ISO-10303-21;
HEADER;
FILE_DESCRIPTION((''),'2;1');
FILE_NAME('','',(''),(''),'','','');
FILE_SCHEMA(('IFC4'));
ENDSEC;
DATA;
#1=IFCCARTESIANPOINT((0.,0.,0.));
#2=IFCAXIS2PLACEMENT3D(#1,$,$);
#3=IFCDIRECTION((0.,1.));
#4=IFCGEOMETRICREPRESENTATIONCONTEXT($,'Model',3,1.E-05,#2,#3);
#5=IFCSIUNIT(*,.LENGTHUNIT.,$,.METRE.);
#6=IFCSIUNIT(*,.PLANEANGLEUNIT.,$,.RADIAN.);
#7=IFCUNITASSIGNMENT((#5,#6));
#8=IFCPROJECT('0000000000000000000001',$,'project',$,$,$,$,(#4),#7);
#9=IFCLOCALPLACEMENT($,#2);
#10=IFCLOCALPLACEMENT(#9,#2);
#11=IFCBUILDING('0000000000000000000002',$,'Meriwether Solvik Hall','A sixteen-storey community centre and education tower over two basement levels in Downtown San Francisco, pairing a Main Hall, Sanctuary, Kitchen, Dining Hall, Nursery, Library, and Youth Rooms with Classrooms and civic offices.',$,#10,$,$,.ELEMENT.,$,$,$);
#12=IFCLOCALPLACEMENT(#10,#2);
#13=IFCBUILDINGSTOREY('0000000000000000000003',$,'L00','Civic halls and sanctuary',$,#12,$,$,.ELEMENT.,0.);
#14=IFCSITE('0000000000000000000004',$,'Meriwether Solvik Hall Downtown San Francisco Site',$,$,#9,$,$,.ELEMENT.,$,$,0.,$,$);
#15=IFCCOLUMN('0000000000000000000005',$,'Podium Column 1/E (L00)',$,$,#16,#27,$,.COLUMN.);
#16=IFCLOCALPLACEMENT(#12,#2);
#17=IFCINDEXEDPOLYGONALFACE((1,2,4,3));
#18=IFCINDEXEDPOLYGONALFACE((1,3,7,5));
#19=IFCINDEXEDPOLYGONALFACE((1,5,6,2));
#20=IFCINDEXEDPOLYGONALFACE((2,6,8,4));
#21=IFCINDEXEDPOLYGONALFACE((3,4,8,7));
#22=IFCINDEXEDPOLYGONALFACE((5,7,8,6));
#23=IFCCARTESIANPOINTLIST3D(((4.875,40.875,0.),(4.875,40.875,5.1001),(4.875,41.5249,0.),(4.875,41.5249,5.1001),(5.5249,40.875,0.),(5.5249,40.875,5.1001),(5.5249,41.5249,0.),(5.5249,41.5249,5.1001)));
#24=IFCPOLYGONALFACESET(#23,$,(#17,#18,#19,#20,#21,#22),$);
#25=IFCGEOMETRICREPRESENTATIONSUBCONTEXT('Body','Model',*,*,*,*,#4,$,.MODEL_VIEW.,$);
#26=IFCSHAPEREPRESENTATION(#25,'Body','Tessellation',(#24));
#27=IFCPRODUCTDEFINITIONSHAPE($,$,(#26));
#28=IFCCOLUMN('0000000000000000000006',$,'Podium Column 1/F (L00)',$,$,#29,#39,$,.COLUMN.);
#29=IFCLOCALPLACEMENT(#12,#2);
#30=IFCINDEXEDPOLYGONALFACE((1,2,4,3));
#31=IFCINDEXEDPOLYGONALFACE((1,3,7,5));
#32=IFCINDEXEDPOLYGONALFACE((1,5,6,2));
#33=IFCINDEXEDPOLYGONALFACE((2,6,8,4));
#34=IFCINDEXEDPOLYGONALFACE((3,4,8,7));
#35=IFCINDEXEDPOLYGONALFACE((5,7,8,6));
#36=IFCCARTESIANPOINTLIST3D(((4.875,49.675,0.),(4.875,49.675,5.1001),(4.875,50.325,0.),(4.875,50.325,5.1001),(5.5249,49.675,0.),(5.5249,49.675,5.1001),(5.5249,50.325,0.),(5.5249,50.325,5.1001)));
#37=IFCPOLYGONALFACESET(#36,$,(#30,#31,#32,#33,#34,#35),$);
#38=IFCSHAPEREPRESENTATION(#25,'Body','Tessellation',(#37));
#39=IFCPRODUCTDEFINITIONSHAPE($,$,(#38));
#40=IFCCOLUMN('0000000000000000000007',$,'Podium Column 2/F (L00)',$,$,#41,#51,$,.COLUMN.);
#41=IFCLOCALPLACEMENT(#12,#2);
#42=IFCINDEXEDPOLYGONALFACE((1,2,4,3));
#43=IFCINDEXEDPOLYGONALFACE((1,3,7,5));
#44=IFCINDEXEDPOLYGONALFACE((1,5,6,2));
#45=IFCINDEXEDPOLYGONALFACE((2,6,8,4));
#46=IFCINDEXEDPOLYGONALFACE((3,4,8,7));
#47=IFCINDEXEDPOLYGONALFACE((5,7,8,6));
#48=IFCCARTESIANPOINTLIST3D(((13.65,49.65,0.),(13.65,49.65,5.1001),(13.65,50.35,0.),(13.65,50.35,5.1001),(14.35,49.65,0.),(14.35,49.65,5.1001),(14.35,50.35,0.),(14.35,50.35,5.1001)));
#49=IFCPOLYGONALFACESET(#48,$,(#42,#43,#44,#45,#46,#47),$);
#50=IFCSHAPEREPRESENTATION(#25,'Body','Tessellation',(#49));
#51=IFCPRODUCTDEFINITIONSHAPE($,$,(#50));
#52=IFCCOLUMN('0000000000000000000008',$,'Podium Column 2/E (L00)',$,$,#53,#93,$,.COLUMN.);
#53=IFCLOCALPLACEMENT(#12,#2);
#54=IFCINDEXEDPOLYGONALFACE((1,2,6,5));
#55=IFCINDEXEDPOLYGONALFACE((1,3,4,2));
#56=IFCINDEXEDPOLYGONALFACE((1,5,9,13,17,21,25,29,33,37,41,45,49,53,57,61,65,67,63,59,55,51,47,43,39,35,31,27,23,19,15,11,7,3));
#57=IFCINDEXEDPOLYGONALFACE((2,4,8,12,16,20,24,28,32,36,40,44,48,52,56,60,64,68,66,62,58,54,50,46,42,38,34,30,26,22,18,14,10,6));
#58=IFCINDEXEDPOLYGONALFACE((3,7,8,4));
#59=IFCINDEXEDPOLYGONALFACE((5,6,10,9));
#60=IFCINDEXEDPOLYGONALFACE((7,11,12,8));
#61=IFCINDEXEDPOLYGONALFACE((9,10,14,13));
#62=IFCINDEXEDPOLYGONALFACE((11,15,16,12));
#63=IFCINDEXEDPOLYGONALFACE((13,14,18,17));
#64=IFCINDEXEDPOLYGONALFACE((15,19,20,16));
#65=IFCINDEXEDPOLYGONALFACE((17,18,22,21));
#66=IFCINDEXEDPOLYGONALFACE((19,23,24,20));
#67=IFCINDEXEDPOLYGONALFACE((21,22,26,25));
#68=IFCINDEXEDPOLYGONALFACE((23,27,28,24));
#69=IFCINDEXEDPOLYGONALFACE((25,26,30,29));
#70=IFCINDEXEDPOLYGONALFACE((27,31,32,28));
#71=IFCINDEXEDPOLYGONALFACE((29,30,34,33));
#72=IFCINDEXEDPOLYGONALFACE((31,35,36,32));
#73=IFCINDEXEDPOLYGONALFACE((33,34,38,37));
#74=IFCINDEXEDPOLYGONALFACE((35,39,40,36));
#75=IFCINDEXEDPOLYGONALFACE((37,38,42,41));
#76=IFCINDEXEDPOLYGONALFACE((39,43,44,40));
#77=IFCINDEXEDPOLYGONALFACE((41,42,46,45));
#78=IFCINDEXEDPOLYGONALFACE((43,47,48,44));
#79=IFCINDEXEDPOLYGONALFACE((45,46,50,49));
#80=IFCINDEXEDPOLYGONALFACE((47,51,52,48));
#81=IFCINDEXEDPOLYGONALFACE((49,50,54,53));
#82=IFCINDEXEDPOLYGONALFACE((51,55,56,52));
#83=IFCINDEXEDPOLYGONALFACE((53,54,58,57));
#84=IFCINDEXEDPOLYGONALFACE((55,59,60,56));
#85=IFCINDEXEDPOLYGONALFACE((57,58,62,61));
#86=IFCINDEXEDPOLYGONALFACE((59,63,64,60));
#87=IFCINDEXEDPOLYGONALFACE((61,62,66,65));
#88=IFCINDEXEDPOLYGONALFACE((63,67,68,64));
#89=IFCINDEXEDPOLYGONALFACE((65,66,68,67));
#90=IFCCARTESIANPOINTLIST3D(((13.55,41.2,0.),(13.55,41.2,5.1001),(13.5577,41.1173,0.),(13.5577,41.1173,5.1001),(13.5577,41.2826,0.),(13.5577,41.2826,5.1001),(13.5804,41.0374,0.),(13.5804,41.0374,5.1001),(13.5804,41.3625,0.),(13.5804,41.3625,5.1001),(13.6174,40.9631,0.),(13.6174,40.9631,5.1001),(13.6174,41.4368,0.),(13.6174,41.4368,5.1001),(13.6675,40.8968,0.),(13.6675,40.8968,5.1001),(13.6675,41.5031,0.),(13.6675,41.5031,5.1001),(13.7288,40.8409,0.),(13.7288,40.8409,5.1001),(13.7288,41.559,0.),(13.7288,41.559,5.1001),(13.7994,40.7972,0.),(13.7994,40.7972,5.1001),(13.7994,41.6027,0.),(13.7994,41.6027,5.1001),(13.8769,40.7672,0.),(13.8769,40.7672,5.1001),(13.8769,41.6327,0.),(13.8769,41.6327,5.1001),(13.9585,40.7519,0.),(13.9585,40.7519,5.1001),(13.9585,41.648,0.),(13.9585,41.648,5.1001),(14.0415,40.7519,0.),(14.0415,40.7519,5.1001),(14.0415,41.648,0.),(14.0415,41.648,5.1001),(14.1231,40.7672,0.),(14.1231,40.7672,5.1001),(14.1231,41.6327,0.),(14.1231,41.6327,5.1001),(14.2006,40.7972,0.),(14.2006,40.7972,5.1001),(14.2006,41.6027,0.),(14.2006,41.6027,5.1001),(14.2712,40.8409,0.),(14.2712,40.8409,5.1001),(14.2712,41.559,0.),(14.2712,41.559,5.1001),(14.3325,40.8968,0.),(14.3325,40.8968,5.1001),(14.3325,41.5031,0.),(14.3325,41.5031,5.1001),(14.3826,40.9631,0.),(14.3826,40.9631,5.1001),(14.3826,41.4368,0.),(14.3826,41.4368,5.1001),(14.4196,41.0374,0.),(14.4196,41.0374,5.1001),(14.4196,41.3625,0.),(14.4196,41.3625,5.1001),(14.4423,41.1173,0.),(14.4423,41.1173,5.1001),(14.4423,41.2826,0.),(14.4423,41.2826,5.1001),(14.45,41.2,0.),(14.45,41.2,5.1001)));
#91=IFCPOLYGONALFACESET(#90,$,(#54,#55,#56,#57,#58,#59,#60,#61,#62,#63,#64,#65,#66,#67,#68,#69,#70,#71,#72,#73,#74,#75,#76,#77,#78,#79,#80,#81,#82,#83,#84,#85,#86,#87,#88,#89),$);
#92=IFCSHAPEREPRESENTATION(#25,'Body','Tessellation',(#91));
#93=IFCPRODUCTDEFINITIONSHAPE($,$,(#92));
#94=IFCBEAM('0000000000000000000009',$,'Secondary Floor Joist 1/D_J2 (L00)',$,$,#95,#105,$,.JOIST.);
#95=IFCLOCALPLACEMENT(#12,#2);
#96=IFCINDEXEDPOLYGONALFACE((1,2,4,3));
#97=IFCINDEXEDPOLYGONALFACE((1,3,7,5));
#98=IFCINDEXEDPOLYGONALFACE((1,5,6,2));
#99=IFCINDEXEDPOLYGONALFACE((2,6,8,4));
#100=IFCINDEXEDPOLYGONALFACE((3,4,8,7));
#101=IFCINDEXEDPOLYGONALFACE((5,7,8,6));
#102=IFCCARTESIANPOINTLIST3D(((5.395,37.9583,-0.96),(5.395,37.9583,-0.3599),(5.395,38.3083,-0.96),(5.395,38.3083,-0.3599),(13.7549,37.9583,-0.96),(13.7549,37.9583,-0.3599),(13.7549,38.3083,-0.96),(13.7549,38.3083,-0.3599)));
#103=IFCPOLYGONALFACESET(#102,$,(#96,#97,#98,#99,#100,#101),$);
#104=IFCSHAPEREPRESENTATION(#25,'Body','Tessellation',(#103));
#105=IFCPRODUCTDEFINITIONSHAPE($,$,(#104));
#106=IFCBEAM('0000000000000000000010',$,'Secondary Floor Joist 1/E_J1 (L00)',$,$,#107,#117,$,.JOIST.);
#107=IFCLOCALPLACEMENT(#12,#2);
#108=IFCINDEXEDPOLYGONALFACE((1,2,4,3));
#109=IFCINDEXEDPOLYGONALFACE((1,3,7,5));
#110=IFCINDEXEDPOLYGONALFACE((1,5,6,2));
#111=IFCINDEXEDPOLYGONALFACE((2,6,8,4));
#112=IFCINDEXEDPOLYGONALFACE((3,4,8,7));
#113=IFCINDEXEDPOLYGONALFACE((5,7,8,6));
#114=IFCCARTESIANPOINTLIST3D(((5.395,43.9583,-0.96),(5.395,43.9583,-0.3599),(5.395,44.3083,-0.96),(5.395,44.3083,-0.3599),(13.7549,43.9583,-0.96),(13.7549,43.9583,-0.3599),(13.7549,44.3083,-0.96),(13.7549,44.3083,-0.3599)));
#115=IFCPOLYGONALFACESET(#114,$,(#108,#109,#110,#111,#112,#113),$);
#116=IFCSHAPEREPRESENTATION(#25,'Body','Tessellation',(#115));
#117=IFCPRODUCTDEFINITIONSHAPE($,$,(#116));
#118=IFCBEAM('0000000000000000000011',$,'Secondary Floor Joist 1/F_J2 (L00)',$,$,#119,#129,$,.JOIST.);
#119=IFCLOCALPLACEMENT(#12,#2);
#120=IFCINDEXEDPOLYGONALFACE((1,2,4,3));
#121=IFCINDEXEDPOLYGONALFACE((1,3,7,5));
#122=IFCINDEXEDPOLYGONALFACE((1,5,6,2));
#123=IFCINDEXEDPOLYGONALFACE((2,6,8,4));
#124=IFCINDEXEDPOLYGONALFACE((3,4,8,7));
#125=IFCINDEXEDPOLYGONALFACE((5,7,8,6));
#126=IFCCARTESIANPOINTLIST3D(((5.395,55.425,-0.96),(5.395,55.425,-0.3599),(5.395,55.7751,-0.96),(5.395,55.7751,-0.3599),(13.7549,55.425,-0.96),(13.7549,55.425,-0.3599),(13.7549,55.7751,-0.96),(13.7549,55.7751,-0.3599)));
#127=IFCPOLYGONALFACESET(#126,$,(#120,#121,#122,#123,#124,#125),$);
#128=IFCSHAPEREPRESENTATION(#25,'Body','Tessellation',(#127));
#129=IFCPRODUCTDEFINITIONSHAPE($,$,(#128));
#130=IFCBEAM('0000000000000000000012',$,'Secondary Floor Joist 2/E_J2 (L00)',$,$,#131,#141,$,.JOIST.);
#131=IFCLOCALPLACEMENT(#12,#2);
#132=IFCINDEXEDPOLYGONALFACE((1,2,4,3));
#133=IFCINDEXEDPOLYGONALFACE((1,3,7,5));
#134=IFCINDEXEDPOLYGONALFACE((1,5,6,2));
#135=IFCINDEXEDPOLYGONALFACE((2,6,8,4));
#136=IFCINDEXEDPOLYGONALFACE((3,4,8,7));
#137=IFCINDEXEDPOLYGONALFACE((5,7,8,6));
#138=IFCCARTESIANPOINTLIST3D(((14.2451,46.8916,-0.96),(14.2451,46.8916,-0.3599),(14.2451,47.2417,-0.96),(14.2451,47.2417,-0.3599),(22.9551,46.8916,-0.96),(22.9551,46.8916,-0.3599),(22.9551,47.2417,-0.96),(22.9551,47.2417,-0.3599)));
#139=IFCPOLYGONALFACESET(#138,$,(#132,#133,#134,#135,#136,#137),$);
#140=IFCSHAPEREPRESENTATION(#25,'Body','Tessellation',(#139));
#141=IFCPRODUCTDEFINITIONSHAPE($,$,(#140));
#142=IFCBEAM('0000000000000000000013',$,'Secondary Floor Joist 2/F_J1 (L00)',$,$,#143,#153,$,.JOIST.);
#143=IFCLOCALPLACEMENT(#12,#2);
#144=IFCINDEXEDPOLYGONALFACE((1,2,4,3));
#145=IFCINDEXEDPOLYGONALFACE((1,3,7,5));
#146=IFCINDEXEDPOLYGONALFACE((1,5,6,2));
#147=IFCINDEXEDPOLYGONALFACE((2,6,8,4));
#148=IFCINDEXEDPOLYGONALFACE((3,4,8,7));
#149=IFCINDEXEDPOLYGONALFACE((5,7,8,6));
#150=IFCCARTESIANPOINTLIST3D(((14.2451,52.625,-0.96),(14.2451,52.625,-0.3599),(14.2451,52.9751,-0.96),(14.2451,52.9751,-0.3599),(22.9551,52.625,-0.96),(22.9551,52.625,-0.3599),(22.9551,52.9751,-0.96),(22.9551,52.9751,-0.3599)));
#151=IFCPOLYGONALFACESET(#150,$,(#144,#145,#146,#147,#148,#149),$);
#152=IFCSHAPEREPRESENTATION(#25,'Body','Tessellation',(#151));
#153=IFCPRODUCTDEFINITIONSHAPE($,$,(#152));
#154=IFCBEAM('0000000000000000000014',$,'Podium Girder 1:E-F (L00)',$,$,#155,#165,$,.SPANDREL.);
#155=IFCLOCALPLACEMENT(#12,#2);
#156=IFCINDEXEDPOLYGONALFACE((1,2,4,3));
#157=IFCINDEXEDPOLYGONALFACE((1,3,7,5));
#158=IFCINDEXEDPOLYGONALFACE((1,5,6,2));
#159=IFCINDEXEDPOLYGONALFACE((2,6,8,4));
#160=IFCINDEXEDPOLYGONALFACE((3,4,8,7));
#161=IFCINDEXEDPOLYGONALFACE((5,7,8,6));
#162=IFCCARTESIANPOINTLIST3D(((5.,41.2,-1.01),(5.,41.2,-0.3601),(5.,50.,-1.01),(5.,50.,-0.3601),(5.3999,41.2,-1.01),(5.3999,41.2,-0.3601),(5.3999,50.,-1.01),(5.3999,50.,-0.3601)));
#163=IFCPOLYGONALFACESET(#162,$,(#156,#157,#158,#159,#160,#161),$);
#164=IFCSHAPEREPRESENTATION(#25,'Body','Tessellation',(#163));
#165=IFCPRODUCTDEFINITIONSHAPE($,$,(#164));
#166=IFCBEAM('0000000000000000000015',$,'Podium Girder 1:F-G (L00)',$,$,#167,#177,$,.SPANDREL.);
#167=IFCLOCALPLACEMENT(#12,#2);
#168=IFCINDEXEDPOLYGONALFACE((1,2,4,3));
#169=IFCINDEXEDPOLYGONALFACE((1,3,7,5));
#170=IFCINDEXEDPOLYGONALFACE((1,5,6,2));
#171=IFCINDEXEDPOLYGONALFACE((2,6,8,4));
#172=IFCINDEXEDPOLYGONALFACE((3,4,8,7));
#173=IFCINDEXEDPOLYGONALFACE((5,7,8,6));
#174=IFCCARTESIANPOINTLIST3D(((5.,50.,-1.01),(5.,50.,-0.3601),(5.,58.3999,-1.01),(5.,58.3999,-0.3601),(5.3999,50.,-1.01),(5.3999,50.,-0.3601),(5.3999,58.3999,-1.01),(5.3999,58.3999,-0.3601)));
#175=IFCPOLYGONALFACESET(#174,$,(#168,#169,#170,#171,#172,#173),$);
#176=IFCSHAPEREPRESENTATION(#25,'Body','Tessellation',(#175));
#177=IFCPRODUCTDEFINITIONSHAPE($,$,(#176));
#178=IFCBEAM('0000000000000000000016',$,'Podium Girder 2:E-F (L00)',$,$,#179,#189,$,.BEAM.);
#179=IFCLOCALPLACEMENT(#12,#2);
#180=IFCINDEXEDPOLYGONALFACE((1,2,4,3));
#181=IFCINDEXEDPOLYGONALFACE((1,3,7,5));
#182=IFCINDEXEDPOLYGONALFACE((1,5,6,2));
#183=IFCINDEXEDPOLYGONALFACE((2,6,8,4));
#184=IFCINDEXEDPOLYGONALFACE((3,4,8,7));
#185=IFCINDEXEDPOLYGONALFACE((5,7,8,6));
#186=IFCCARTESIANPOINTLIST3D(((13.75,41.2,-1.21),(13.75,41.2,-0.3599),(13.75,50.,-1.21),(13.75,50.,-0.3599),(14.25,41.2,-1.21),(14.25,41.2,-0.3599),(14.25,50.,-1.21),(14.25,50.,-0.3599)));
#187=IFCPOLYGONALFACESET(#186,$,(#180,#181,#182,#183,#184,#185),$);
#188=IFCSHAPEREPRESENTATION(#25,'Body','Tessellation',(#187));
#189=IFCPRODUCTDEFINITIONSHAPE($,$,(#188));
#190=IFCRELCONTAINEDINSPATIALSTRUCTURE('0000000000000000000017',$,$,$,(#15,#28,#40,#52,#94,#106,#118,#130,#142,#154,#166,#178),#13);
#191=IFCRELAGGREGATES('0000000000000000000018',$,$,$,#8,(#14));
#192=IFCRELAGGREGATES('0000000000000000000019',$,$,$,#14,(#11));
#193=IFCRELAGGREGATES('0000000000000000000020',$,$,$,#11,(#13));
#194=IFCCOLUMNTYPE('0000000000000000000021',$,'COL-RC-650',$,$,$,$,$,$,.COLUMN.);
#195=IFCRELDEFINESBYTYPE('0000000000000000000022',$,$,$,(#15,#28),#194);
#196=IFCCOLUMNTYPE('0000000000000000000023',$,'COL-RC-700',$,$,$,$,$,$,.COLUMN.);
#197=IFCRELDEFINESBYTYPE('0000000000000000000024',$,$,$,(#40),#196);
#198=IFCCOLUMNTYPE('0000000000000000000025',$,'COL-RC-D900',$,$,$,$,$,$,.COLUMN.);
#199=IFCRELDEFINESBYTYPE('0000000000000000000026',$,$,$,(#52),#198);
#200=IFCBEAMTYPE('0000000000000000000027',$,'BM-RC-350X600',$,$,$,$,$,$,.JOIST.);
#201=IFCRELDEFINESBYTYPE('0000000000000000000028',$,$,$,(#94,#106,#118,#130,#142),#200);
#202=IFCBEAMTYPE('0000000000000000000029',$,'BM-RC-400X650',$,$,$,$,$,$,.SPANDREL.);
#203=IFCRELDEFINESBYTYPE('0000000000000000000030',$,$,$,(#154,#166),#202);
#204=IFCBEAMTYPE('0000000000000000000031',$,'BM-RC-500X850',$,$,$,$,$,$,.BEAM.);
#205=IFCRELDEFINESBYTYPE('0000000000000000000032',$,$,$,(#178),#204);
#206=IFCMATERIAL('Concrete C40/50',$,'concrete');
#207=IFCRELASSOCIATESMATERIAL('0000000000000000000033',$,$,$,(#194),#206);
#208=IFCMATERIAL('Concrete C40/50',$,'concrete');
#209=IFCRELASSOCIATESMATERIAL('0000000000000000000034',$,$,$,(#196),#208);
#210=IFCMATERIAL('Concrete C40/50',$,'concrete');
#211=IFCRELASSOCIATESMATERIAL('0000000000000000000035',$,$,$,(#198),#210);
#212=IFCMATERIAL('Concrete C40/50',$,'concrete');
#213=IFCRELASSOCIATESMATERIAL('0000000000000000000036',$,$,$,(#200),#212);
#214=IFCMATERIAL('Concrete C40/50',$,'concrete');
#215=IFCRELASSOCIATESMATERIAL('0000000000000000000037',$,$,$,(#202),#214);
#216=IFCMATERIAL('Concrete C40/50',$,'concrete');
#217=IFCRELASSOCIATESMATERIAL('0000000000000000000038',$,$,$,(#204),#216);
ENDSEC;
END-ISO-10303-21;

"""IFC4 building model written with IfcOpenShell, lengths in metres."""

from ifc_helpers import new_model, si_unit, direction, frame, origin, origin_2d, place, context, subcontext, project, spatial, rectangle, circle, extrude, material, material_profile, profile_set, type_object, element, save


model = new_model("IFC4")

# Units and contexts
model_context = context("Model", 3, precision=1e-05, world=origin(), true_north=direction((0.0, 1.0)))
body_context = subcontext(model_context, "Body", "Model", "MODEL_VIEW")
ifc_project = project(units=[si_unit("LENGTHUNIT", "METRE"), si_unit("PLANEANGLEUNIT", "RADIAN")], contexts=[model_context])

# Site, building, storey
site_placement = place(None, origin())
site = spatial("IfcSite", under=ifc_project, at=site_placement, Name="Meriwether Solvik Hall Downtown San Francisco Site", CompositionType="ELEMENT", RefElevation=0.0)
building_placement = place(site_placement, origin())
building = spatial("IfcBuilding", under=site, at=building_placement, Name="Meriwether Solvik Hall", Description="A sixteen-storey community centre and education tower over two basement levels in Downtown San Francisco, pairing a Main Hall, Sanctuary, Kitchen, Dining Hall, Nursery, Library, and Youth Rooms with Classrooms and civic offices.", CompositionType="ELEMENT")
storey_placement = place(building_placement, origin())
storey = spatial("IfcBuildingStorey", under=building, at=storey_placement, Name="L00", Description="Civic halls and sanctuary", CompositionType="ELEMENT", Elevation=0.0)

# Columns
ifc_material_1 = material(Name="Concrete C40/50", Category="concrete")
ifc_material_profile_1 = material_profile(ifc_material_1, rectangle(XDim=0.6499, YDim=0.6499, at=origin_2d()), Name="RCC-650X650")
ifc_profile_set_1 = profile_set([ifc_material_profile_1], Name="Concrete C40/50")
column_type_1 = type_object("IfcColumnType", Name="COL-RC-650", PredefinedType="COLUMN", material=ifc_profile_set_1)
for number, where, z_axis, x_axis, name in (
    (1, (5.2, 41.2, 0.0), (0.0, 0.0, 1.0), (1.0, 0.0, 0.0), "Podium Column 1/E (L00)"),
    (2, (5.2, 50.0, 0.0), (0.0, 0.0, 1.0), (1.0, 0.0, 0.0), "Podium Column 1/F (L00)"),
):
    element("IfcColumn", number, at=place(storey_placement, frame(where, z_axis=z_axis, x_axis=x_axis)), inside=storey, type_object=column_type_1, Name=name, PredefinedType="COLUMN", context=body_context, shape_type="SweptSolid", body=[
        extrude(rectangle(XDim=0.6499, YDim=0.6499, at=origin_2d()), origin(), (0.0, 0.0, 1.0), 5.1001),
    ])
ifc_material_2 = material(Name="Concrete C40/50", Category="concrete")
ifc_material_profile_2 = material_profile(ifc_material_2, rectangle(XDim=0.7, YDim=0.7, at=origin_2d()), Name="RCC-700X700")
ifc_profile_set_2 = profile_set([ifc_material_profile_2], Name="Concrete C40/50")
column_type_2 = type_object("IfcColumnType", Name="COL-RC-700", PredefinedType="COLUMN", material=ifc_profile_set_2)
column_1_placement = place(storey_placement, frame((14.0, 50.0, 0.0), z_axis=(0.0, 0.0, 1.0), x_axis=(1.0, 0.0, 0.0)))
element("IfcColumn", 3, at=column_1_placement, inside=storey, type_object=column_type_2, Name="Podium Column 2/F (L00)", PredefinedType="COLUMN", context=body_context, shape_type="SweptSolid", body=[
    extrude(rectangle(XDim=0.7, YDim=0.7, at=origin_2d()), origin(), (0.0, 0.0, 1.0), 5.1001),
])
ifc_material_3 = material(Name="Concrete C40/50", Category="concrete")
ifc_material_profile_3 = material_profile(ifc_material_3, circle(Radius=0.45, at=origin_2d()), Name="RCC-D900")
ifc_profile_set_3 = profile_set([ifc_material_profile_3], Name="Concrete C40/50")
column_type_3 = type_object("IfcColumnType", Name="COL-RC-D900", PredefinedType="COLUMN", material=ifc_profile_set_3)
column_2_placement = place(storey_placement, frame((14.0, 41.2, 0.0), z_axis=(0.0, 0.0, 1.0), x_axis=(1.0, 0.0, 0.0)))
element("IfcColumn", 4, at=column_2_placement, inside=storey, type_object=column_type_3, Name="Podium Column 2/E (L00)", PredefinedType="COLUMN", context=body_context, shape_type="SweptSolid", body=[
    extrude(circle(Radius=0.45, at=origin_2d()), origin(), (0.0, 0.0, 1.0), 5.1001),
])

# Beams
ifc_material_4 = material(Name="Concrete C40/50", Category="concrete")
ifc_material_profile_4 = material_profile(ifc_material_4, rectangle(XDim=0.3501, YDim=0.6001, at=origin_2d()), Name="RCB-350X600")
ifc_profile_set_4 = profile_set([ifc_material_profile_4], Name="Concrete C40/50")
beam_type_1 = type_object("IfcBeamType", Name="BM-RC-350X600", PredefinedType="JOIST", material=ifc_profile_set_4)
for number, where, z_axis, x_axis, name in (
    (5, (5.395, 38.1333, -0.6599), (1.0, 0.0, 0.0), (0.0, 1.0, 0.0), "Secondary Floor Joist 1/D_J2 (L00)"),
    (6, (5.395, 44.1333, -0.6599), (1.0, 0.0, 0.0), (0.0, 1.0, 0.0), "Secondary Floor Joist 1/E_J1 (L00)"),
    (7, (5.395, 55.6001, -0.6599), (1.0, 0.0, 0.0), (0.0, 1.0, 0.0), "Secondary Floor Joist 1/F_J2 (L00)"),
):
    element("IfcBeam", number, at=place(storey_placement, frame(where, z_axis=z_axis, x_axis=x_axis)), inside=storey, type_object=beam_type_1, Name=name, PredefinedType="JOIST", context=body_context, shape_type="SweptSolid", body=[
        extrude(rectangle(XDim=0.3501, YDim=0.6001, at=origin_2d()), origin(), (0.0, 0.0, 1.0), 8.3599),
    ])
for number, where, z_axis, x_axis, name in (
    (8, (14.2451, 47.0667, -0.6599), (1.0, 0.0, 0.0), (0.0, 1.0, 0.0), "Secondary Floor Joist 2/E_J2 (L00)"),
    (9, (14.2451, 52.8, -0.6599), (1.0, 0.0, 0.0), (0.0, 1.0, 0.0), "Secondary Floor Joist 2/F_J1 (L00)"),
):
    element("IfcBeam", number, at=place(storey_placement, frame(where, z_axis=z_axis, x_axis=x_axis)), inside=storey, type_object=beam_type_1, Name=name, PredefinedType="JOIST", context=body_context, shape_type="SweptSolid", body=[
        extrude(rectangle(XDim=0.3501, YDim=0.6001, at=origin_2d()), origin(), (0.0, 0.0, 1.0), 8.71),
    ])
ifc_material_5 = material(Name="Concrete C40/50", Category="concrete")
ifc_material_profile_5 = material_profile(ifc_material_5, rectangle(XDim=0.3999, YDim=0.6499, at=origin_2d()), Name="RCB-400X650")
ifc_profile_set_5 = profile_set([ifc_material_profile_5], Name="Concrete C40/50")
beam_type_2 = type_object("IfcBeamType", Name="BM-RC-400X650", PredefinedType="SPANDREL", material=ifc_profile_set_5)
beam_1_placement = place(storey_placement, frame((5.2, 41.2, -0.6851), z_axis=(0.0, 1.0, 0.0), x_axis=(-1.0, 0.0, 0.0)))
element("IfcBeam", 10, at=beam_1_placement, inside=storey, type_object=beam_type_2, Name="Podium Girder 1:E-F (L00)", PredefinedType="SPANDREL", context=body_context, shape_type="SweptSolid", body=[
    extrude(rectangle(XDim=0.3999, YDim=0.6499, at=origin_2d()), origin(), (0.0, 0.0, 1.0), 8.8),
])
beam_2_placement = place(storey_placement, frame((5.2, 50.0, -0.6851), z_axis=(0.0, 1.0, 0.0), x_axis=(-1.0, 0.0, 0.0)))
element("IfcBeam", 11, at=beam_2_placement, inside=storey, type_object=beam_type_2, Name="Podium Girder 1:F-G (L00)", PredefinedType="SPANDREL", context=body_context, shape_type="SweptSolid", body=[
    extrude(rectangle(XDim=0.3999, YDim=0.6499, at=origin_2d()), origin(), (0.0, 0.0, 1.0), 8.3999),
])
ifc_material_6 = material(Name="Concrete C40/50", Category="concrete")
ifc_material_profile_6 = material_profile(ifc_material_6, rectangle(XDim=0.5, YDim=0.8501, at=origin_2d()), Name="RCB-500X850")
ifc_profile_set_6 = profile_set([ifc_material_profile_6], Name="Concrete C40/50")
beam_type_3 = type_object("IfcBeamType", Name="BM-RC-500X850", PredefinedType="BEAM", material=ifc_profile_set_6)
beam_3_placement = place(storey_placement, frame((14.0, 41.2, -0.7849), z_axis=(0.0, 1.0, 0.0), x_axis=(-1.0, 0.0, 0.0)))
element("IfcBeam", 12, at=beam_3_placement, inside=storey, type_object=beam_type_3, Name="Podium Girder 2:E-F (L00)", PredefinedType="BEAM", context=body_context, shape_type="SweptSolid", body=[
    extrude(rectangle(XDim=0.5, YDim=0.8501, at=origin_2d()), origin(), (0.0, 0.0, 1.0), 8.8),
])

save(model, "model.ifc")
